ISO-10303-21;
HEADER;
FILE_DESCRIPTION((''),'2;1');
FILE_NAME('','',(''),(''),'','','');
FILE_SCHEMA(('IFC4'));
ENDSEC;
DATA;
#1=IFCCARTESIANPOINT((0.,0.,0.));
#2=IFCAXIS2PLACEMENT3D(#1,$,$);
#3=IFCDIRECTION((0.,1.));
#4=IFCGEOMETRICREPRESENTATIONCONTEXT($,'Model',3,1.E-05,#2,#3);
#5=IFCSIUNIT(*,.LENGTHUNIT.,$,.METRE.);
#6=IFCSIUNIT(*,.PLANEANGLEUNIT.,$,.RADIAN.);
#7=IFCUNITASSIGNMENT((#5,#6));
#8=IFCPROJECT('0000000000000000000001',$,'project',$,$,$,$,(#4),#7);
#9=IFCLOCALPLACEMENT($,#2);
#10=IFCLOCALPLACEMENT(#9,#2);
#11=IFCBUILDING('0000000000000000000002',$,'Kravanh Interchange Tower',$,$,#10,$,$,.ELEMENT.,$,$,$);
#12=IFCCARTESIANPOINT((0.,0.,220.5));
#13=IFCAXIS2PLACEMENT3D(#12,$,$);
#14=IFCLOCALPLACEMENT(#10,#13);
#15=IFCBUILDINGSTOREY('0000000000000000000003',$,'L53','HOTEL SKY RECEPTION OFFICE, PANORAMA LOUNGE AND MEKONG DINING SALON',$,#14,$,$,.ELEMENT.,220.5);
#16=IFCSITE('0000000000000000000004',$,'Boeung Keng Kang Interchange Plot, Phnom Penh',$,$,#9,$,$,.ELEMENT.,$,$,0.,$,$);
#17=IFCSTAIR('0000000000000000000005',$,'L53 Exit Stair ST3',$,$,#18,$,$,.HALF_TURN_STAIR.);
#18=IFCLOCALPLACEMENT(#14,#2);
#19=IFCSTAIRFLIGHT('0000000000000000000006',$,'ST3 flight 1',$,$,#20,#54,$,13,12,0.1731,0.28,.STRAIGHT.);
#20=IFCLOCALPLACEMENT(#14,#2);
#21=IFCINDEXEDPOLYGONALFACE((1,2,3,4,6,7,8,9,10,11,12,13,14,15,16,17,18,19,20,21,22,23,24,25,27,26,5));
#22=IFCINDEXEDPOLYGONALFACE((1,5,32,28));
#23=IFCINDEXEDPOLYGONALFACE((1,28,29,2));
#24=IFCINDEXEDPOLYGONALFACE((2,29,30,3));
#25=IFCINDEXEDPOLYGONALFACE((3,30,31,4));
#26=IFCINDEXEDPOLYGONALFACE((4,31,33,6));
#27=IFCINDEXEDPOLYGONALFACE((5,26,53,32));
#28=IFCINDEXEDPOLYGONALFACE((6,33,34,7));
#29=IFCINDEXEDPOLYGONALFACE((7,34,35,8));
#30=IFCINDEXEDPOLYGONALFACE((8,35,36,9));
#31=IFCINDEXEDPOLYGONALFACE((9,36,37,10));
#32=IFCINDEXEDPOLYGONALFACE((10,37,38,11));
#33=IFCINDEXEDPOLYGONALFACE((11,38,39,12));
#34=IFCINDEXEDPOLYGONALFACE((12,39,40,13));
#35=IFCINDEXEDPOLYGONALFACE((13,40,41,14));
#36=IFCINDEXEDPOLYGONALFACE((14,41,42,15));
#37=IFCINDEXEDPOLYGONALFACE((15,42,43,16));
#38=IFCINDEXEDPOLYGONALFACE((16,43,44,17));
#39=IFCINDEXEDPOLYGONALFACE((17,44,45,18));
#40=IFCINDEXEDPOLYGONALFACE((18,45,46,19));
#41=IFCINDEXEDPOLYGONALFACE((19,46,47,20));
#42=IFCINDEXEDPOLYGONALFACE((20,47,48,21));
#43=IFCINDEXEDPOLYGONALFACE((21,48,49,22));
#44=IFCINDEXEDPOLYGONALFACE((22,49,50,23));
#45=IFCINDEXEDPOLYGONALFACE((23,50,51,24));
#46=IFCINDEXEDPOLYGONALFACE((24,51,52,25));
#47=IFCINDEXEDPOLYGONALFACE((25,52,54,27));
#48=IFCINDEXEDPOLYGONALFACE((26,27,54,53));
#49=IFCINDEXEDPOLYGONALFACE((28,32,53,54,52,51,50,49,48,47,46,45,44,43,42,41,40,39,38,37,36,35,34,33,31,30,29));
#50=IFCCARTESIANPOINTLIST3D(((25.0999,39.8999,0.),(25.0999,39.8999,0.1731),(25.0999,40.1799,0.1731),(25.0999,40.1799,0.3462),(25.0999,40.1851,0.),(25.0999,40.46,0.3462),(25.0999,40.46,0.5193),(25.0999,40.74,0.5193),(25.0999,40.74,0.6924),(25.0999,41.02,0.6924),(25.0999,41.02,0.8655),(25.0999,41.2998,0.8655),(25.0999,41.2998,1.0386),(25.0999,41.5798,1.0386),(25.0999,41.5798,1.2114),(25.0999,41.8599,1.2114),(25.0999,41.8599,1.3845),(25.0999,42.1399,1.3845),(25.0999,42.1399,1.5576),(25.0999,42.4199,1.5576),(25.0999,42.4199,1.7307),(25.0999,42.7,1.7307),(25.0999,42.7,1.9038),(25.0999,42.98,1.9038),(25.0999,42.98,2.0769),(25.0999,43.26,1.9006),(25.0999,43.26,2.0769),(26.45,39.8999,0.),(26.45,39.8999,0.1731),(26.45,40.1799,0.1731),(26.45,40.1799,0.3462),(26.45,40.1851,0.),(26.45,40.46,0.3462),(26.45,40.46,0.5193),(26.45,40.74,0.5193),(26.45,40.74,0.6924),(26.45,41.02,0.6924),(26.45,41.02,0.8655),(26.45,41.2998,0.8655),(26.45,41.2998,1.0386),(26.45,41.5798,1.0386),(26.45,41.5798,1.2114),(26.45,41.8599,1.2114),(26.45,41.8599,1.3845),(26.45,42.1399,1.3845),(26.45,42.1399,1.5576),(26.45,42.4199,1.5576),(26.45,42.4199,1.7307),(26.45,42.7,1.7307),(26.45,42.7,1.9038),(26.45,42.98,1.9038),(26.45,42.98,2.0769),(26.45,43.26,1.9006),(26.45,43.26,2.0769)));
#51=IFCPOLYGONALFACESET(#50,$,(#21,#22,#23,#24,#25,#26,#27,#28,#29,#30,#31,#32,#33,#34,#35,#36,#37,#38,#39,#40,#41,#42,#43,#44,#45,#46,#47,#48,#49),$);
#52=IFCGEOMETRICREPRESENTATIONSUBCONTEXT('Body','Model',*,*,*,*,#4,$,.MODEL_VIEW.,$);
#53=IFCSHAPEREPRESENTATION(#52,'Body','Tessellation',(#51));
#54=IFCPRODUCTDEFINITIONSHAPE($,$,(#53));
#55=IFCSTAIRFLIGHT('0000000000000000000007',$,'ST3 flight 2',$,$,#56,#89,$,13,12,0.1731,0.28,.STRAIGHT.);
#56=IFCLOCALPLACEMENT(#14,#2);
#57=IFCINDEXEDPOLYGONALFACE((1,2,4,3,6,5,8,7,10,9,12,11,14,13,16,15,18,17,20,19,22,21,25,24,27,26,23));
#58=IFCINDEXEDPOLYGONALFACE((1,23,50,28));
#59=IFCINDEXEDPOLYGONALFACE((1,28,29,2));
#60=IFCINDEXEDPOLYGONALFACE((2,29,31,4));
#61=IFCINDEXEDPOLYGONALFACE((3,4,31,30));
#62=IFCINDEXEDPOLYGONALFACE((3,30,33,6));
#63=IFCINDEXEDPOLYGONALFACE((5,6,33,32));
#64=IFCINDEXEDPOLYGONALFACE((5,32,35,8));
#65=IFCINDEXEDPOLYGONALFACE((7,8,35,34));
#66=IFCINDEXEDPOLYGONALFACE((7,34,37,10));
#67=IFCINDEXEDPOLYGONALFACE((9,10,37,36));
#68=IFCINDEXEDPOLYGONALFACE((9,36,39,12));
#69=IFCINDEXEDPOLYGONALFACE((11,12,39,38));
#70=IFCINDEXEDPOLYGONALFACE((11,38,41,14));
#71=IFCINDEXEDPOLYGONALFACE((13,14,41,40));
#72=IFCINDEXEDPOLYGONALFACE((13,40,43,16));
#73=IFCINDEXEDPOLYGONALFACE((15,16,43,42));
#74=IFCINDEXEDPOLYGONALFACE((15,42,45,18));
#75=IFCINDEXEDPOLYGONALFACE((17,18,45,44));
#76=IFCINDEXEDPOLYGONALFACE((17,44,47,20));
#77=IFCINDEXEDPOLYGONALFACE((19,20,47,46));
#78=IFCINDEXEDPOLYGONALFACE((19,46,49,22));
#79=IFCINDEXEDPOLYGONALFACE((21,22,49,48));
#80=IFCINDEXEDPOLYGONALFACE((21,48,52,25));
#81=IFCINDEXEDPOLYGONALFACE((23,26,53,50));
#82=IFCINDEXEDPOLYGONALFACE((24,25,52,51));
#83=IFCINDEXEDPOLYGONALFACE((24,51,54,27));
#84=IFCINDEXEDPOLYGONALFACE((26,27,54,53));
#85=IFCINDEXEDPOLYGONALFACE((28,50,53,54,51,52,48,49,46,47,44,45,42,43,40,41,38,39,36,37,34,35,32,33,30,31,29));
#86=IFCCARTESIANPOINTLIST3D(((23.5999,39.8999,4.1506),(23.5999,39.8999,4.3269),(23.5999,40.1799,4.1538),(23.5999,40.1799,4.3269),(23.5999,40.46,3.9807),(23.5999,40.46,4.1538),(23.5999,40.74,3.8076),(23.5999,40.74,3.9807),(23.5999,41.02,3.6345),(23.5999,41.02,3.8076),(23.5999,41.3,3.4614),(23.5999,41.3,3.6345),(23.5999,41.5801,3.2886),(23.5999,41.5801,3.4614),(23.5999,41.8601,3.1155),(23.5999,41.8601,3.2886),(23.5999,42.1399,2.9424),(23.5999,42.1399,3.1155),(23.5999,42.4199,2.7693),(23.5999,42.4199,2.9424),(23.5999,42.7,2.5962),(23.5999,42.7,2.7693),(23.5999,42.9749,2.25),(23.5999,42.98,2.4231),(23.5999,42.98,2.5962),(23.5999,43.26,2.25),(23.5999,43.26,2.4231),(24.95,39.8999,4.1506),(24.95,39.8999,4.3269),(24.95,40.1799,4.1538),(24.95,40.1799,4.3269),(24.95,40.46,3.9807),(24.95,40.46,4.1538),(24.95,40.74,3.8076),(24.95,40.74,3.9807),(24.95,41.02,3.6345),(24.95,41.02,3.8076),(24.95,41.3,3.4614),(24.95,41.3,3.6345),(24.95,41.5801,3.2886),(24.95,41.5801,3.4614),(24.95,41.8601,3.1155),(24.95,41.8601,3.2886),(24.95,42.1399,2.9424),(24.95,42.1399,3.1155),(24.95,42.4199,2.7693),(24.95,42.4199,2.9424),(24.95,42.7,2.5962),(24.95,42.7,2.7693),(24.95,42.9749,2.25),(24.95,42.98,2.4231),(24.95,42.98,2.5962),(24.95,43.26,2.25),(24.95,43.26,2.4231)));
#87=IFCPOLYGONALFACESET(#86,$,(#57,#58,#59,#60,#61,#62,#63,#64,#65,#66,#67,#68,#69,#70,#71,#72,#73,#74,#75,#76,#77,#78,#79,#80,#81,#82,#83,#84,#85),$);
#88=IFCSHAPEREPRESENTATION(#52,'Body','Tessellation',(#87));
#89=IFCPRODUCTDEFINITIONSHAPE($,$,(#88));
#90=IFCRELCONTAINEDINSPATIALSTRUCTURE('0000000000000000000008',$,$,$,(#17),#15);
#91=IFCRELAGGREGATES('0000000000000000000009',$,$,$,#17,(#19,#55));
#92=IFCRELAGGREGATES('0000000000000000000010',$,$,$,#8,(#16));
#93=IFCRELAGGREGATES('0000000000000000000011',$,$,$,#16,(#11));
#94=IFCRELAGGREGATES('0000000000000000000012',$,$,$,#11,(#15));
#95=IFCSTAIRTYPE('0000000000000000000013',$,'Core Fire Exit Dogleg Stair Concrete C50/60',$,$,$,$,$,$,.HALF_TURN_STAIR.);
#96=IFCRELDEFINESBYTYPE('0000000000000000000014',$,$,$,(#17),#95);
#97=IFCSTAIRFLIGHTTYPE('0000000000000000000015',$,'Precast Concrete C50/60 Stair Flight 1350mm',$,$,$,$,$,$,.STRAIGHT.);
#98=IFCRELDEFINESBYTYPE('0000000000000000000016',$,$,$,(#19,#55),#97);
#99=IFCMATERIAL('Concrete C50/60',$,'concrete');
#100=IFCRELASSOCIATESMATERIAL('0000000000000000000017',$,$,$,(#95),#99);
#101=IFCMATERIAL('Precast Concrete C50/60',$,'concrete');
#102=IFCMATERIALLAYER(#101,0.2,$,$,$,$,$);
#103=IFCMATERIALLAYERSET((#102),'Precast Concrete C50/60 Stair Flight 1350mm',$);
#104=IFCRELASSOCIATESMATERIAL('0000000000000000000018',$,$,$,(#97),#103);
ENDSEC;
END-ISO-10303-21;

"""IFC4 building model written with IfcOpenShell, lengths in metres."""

from ifc_helpers import new_model, si_unit, direction, frame, origin, place, context, subcontext, project, spatial, polyline, outline, extrude, material, layer, layer_set, type_object, element, aggregate, save


model = new_model("IFC4")

# Units and contexts
model_context = context("Model", 3, precision=1e-05, world=origin(), true_north=direction((0.0, 1.0)))
body_context = subcontext(model_context, "Body", "Model", "MODEL_VIEW")
ifc_project = project(units=[si_unit("LENGTHUNIT", "METRE"), si_unit("PLANEANGLEUNIT", "RADIAN")], contexts=[model_context])

# Site, building, storey
site_placement = place(None, origin())
site = spatial("IfcSite", under=ifc_project, at=site_placement, Name="Boeung Keng Kang Interchange Plot, Phnom Penh", CompositionType="ELEMENT", RefElevation=0.0)
building_placement = place(site_placement, origin())
building = spatial("IfcBuilding", under=site, at=building_placement, Name="Kravanh Interchange Tower", CompositionType="ELEMENT")
storey_placement = place(building_placement, frame((0.0, 0.0, 220.5)))
storey = spatial("IfcBuildingStorey", under=building, at=storey_placement, Name="L53", Description="HOTEL SKY RECEPTION OFFICE, PANORAMA LOUNGE AND MEKONG DINING SALON", CompositionType="ELEMENT", Elevation=220.5)

# Stair, stair flights
ifc_material_1 = material(Name="Concrete C50/60", Category="concrete")
stair_type = type_object("IfcStairType", Name="Core Fire Exit Dogleg Stair Concrete C50/60", PredefinedType="HALF_TURN_STAIR", material=ifc_material_1)
stair_placement = place(storey_placement, origin())
stair = element("IfcStair", 1, at=stair_placement, inside=storey, type_object=stair_type, Name="L53 Exit Stair ST3", PredefinedType="HALF_TURN_STAIR")
ifc_material_2 = material(Name="Precast Concrete C50/60", Category="concrete")
ifc_layer_1 = layer(ifc_material_2, 0.2)
ifc_layer_set_1 = layer_set([ifc_layer_1], Name="Precast Concrete C50/60 Stair Flight 1350mm")
stair_flight_type = type_object("IfcStairFlightType", Name="Precast Concrete C50/60 Stair Flight 1350mm", PredefinedType="STRAIGHT", material=ifc_layer_set_1)
stair_flight_1_placement = place(storey_placement, frame((25.7749, 39.8999, 0.0), z_axis=(0.0, 0.0, 1.0), x_axis=(0.0, 1.0, 0.0)))
stair_flight_1 = element("IfcStairFlight", 2, at=stair_flight_1_placement, type_object=stair_flight_type, Name="ST3 flight 1", NumberOfRisers=13, NumberOfTreads=12, PredefinedType="STRAIGHT", RiserHeight=0.1731, TreadLength=0.28, context=body_context, shape_type="SweptSolid", body=[
    extrude(outline(polyline([(0.0, 0.0), (0.0, 0.1731), (0.28, 0.1731), (0.28, 0.3462), (0.5601, 0.3462), (0.5601, 0.5193), (0.8401, 0.5193), (0.8401, 0.6924), (1.1201, 0.6924), (1.1201, 0.8655), (1.3999, 0.8655), (1.3999, 1.0386), (1.6799, 1.0386), (1.6799, 1.2114), (1.96, 1.2114), (1.96, 1.3845), (2.24, 1.3845), (2.24, 1.5576), (2.52, 1.5576), (2.52, 1.7307), (2.8, 1.7307), (2.8, 1.9038), (3.0801, 1.9038), (3.0801, 2.0769), (3.3601, 2.0769), (3.3601, 2.25), (3.3601, 1.9006), (0.2852, 0.0), (0.0, 0.0)])), frame((0.0, 0.675, 0.0), z_axis=(0.0, -1.0, 0.0), x_axis=(1.0, 0.0, 0.0)), (0.0, 0.0, 1.0), 1.3501),
])
stair_flight_2_placement = place(storey_placement, frame((24.2749, 43.26, 2.25), z_axis=(0.0, 0.0, 1.0), x_axis=(0.0, -1.0, 0.0)))
stair_flight_2 = element("IfcStairFlight", 3, at=stair_flight_2_placement, type_object=stair_flight_type, Name="ST3 flight 2", NumberOfRisers=13, NumberOfTreads=12, PredefinedType="STRAIGHT", RiserHeight=0.1731, TreadLength=0.28, context=body_context, shape_type="SweptSolid", body=[
    extrude(outline(polyline([(0.0, 0.0), (0.0, 0.1731), (0.28, 0.1731), (0.28, 0.3462), (0.5601, 0.3462), (0.5601, 0.5193), (0.8401, 0.5193), (0.8401, 0.6924), (1.1201, 0.6924), (1.1201, 0.8655), (1.3999, 0.8655), (1.3999, 1.0386), (1.6799, 1.0386), (1.6799, 1.2114), (1.96, 1.2114), (1.96, 1.3845), (2.24, 1.3845), (2.24, 1.5576), (2.52, 1.5576), (2.52, 1.7307), (2.8, 1.7307), (2.8, 1.9038), (3.0801, 1.9038), (3.0801, 2.0769), (3.3601, 2.0769), (3.3601, 2.25), (3.3601, 1.9006), (0.2852, 0.0), (0.0, 0.0)])), frame((0.0, 0.675, 0.0), z_axis=(0.0, -1.0, 0.0), x_axis=(1.0, 0.0, 0.0)), (0.0, 0.0, 1.0), 1.3501),
])
aggregate(stair, [stair_flight_1, stair_flight_2])

save(model, "model.ifc")
